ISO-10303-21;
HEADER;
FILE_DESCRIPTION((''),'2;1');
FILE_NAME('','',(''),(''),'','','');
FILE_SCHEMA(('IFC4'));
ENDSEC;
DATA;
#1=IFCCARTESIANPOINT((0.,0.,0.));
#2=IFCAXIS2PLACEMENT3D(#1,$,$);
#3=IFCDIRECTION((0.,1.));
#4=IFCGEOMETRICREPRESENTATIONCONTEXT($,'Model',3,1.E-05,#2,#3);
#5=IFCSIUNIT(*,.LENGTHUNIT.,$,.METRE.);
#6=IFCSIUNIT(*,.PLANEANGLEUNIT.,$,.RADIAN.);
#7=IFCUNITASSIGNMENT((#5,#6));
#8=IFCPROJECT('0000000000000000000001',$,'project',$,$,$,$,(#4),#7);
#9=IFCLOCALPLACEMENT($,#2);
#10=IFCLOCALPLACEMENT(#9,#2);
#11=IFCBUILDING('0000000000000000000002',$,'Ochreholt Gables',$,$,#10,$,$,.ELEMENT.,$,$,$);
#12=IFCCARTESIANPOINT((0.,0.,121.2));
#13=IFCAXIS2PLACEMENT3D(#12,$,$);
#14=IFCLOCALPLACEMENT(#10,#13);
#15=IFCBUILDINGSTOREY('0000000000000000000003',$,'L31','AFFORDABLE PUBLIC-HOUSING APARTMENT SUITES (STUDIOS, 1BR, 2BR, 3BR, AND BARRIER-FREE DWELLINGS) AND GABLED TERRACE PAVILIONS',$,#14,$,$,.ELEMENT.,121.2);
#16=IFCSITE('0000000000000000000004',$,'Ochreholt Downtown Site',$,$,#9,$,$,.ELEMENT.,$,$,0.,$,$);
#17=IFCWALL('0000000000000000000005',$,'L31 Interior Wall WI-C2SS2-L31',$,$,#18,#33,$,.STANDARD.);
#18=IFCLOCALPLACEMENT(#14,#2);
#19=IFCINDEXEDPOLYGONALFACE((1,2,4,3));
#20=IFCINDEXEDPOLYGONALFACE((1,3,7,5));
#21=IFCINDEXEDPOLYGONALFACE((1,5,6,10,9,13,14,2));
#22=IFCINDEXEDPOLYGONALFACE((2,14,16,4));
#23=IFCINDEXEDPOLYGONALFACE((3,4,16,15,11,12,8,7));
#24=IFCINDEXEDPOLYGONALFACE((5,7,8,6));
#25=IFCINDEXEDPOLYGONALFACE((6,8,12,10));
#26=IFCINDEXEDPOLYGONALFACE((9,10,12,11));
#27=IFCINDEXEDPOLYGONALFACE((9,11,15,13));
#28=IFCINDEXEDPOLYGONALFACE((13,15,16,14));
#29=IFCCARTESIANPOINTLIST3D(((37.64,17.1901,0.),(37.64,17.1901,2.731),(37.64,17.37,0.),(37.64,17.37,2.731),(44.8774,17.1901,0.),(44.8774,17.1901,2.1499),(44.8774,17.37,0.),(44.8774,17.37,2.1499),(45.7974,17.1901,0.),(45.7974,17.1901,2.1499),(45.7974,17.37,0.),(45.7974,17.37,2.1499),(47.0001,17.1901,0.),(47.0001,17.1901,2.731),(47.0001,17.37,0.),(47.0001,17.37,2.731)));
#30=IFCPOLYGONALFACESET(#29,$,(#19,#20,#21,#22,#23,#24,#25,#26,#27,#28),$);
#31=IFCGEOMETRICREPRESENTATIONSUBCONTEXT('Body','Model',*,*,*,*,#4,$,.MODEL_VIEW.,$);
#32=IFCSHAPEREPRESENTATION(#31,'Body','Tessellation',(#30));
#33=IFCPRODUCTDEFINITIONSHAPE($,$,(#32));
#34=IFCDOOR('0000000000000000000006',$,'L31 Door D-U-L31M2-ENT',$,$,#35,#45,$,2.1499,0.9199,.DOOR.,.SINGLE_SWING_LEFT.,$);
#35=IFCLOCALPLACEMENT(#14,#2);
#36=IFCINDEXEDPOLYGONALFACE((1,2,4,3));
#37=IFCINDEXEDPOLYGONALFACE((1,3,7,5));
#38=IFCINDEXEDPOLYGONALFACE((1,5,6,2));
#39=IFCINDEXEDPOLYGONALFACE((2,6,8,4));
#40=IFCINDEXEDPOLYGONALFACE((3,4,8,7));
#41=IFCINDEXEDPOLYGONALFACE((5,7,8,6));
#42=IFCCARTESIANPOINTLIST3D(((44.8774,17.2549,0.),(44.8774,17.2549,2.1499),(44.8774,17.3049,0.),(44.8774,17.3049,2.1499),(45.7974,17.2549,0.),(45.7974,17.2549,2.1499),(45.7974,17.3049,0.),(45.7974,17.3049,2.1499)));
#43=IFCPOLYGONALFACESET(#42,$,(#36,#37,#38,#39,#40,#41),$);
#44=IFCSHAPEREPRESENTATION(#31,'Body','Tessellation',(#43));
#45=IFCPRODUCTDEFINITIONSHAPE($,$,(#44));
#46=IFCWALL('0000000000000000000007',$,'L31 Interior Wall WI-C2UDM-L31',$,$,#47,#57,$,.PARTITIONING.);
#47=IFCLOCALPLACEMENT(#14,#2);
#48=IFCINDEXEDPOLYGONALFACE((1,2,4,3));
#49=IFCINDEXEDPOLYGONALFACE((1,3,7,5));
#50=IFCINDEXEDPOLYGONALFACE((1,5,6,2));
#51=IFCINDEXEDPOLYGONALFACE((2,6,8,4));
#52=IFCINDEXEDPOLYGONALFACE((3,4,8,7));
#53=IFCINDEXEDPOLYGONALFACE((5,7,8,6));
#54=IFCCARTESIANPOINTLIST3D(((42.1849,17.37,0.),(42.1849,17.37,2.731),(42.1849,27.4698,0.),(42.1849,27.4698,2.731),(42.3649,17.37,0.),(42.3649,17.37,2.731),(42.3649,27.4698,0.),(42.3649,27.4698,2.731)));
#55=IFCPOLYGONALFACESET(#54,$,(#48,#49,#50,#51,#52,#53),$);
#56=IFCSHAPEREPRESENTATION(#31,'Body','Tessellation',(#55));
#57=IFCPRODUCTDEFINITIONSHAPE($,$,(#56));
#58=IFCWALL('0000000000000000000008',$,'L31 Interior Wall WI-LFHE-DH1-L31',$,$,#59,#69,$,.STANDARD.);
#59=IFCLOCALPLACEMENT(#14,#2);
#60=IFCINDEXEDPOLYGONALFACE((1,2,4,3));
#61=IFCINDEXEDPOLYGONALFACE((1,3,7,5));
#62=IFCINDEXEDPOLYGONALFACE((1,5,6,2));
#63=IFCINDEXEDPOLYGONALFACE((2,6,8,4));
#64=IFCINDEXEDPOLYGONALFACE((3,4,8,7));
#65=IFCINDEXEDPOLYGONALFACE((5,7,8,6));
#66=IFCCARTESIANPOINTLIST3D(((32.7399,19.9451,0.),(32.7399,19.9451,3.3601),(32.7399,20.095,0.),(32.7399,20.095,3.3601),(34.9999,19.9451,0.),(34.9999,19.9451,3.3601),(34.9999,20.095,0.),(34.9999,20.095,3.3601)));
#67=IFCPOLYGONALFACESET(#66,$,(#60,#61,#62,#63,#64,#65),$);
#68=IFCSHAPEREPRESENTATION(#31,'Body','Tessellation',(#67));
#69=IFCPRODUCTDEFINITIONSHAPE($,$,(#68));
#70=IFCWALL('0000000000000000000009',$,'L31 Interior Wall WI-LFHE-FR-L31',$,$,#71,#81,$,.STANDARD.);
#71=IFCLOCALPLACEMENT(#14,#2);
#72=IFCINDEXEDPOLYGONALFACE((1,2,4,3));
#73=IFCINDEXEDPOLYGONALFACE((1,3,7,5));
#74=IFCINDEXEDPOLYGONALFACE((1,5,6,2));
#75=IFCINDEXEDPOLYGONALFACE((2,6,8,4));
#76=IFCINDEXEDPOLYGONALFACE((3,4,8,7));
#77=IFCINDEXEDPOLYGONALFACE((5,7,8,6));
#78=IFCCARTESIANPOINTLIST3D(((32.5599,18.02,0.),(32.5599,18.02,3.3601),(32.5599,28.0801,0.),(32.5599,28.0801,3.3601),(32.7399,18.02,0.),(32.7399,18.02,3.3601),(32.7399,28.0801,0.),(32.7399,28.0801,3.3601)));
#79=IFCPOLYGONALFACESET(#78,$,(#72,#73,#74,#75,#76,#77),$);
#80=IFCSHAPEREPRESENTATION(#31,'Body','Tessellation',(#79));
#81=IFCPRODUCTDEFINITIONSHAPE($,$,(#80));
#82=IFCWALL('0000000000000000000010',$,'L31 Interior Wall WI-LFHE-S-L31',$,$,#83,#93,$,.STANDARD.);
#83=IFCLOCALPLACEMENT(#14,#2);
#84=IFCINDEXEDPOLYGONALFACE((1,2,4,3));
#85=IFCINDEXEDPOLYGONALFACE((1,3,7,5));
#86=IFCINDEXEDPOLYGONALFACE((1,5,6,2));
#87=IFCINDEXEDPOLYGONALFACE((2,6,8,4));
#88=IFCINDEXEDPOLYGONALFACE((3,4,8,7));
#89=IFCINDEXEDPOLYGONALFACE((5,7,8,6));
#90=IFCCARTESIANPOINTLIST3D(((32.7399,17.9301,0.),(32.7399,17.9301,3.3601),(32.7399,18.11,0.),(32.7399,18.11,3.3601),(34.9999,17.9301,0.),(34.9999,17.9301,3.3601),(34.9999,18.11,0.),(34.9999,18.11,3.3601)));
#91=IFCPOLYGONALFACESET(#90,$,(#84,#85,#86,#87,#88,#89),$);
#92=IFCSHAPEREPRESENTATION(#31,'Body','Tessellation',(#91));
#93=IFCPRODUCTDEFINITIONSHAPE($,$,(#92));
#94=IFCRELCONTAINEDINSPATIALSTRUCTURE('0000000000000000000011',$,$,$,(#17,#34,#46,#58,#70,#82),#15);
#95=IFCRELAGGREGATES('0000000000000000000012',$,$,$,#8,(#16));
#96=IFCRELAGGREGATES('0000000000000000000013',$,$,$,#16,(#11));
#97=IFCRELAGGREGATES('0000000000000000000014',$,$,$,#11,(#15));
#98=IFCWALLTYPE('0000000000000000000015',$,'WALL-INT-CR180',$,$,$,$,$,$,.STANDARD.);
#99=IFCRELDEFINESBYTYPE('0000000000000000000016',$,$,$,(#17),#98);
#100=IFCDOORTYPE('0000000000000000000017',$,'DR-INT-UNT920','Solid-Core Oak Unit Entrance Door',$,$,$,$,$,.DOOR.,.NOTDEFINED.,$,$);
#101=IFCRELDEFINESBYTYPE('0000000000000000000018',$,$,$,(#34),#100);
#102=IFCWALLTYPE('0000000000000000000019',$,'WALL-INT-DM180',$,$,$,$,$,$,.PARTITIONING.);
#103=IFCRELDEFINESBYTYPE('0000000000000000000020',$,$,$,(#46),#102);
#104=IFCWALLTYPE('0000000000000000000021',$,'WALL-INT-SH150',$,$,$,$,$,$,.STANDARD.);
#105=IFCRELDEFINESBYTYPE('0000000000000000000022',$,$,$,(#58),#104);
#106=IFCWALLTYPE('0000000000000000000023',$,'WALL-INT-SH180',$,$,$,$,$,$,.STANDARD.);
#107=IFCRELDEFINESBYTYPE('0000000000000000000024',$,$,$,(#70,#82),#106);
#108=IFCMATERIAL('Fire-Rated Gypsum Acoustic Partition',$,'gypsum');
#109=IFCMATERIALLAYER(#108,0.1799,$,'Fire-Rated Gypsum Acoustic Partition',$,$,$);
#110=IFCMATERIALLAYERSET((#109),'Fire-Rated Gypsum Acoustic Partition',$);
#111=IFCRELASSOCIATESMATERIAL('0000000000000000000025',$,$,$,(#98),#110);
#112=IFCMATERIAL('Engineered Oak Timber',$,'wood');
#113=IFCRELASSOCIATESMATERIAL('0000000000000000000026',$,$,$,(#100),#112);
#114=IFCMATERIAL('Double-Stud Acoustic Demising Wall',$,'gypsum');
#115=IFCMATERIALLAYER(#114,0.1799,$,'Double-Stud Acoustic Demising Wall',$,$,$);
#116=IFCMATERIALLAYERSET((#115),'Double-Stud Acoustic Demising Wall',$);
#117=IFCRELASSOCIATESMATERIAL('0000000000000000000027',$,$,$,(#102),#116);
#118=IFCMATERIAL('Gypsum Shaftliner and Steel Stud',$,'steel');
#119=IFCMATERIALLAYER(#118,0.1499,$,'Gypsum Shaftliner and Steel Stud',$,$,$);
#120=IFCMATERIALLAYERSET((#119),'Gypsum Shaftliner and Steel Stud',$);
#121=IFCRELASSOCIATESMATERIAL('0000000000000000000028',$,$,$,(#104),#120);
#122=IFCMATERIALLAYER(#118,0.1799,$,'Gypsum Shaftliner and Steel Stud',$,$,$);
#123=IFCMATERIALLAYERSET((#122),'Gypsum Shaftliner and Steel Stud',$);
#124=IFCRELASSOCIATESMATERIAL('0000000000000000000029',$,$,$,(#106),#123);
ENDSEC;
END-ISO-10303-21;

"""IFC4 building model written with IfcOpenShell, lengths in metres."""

from ifc_helpers import new_model, si_unit, direction, frame, frame_2d, origin, place, context, subcontext, project, spatial, rectangle, extrude, material, layer, layer_set, type_object, element, fill, save


model = new_model("IFC4")

# Units and contexts
model_context = context("Model", 3, precision=1e-05, world=origin(), true_north=direction((0.0, 1.0)))
body_context = subcontext(model_context, "Body", "Model", "MODEL_VIEW")
ifc_project = project(units=[si_unit("LENGTHUNIT", "METRE"), si_unit("PLANEANGLEUNIT", "RADIAN")], contexts=[model_context])

# Site, building, storey
site_placement = place(None, origin())
site = spatial("IfcSite", under=ifc_project, at=site_placement, Name="Ochreholt Downtown Site", CompositionType="ELEMENT", RefElevation=0.0)
building_placement = place(site_placement, origin())
building = spatial("IfcBuilding", under=site, at=building_placement, Name="Ochreholt Gables", CompositionType="ELEMENT")
storey_placement = place(building_placement, frame((0.0, 0.0, 121.2)))
storey = spatial("IfcBuildingStorey", under=building, at=storey_placement, Name="L31", Description="AFFORDABLE PUBLIC-HOUSING APARTMENT SUITES (STUDIOS, 1BR, 2BR, 3BR, AND BARRIER-FREE DWELLINGS) AND GABLED TERRACE PAVILIONS", CompositionType="ELEMENT", Elevation=121.2)

# Shared definitions
ifc_material_1 = material(Name="Fire-Rated Gypsum Acoustic Partition", Category="gypsum")
ifc_layer_1 = layer(ifc_material_1, 0.1799, Name="Fire-Rated Gypsum Acoustic Partition")
ifc_layer_set_1 = layer_set([ifc_layer_1], Name="Fire-Rated Gypsum Acoustic Partition")
wall_type_1 = type_object("IfcWallType", Name="WALL-INT-CR180", PredefinedType="STANDARD", material=ifc_layer_set_1)
ifc_material_2 = material(Name="Engineered Oak Timber", Category="wood")

# Wall, opening, door
door_type_1 = type_object("IfcDoorType", Name="DR-INT-UNT920", Description="Solid-Core Oak Unit Entrance Door", OperationType="NOTDEFINED", PredefinedType="DOOR", material=ifc_material_2)
wall_1_placement = place(storey_placement, frame((37.6399, 17.28, 0.0), z_axis=(0.0, 0.0, 1.0), x_axis=(1.0, 0.0, 0.0)))
wall_1 = element("IfcWall", 1, at=wall_1_placement, inside=storey, type_object=wall_type_1, Name="L31 Interior Wall WI-C2SS2-L31", PredefinedType="STANDARD", context=body_context, shape_type="SweptSolid", body=[
    extrude(rectangle(XDim=9.3601, YDim=0.1799, at=frame_2d((4.6802, 0.0))), origin(), (0.0, 0.0, 1.0), 2.731),
])
opening_1_placement = place(wall_1_placement, frame((7.2375, 0.0, 0.0)))
opening_1 = element("IfcOpeningElement", 2, at=opening_1_placement, cuts=wall_1, PredefinedType="OPENING", context=body_context, shape_type="SweptSolid", body=[
    extrude(rectangle(XDim=0.9199, YDim=2.1499, at=frame_2d((0.46, 1.075))), frame((0.0, 0.0999, 0.0), z_axis=(0.0, -1.0, 0.0), x_axis=(1.0, 0.0, 0.0)), (0.0, 0.0, 1.0), 0.2),
])
door_1_placement = place(opening_1_placement, origin())
door_1 = element("IfcDoor", 3, at=door_1_placement, inside=storey, type_object=door_type_1, Name="L31 Door D-U-L31M2-ENT", OperationType="SINGLE_SWING_LEFT", OverallHeight=2.1499, OverallWidth=0.9199, PredefinedType="DOOR", context=body_context, shape_type="SweptSolid", body=[
    extrude(rectangle(XDim=0.9199, YDim=2.1499, at=frame_2d((0.46, 1.075))), frame((0.0, 0.0249, 0.0), z_axis=(0.0, -1.0, 0.0), x_axis=(1.0, 0.0, 0.0)), (0.0, 0.0, 1.0), 0.05),
])
fill(opening_1, door_1)

# Wall
ifc_material_3 = material(Name="Double-Stud Acoustic Demising Wall", Category="gypsum")
ifc_layer_2 = layer(ifc_material_3, 0.1799, Name="Double-Stud Acoustic Demising Wall")
ifc_layer_set_2 = layer_set([ifc_layer_2], Name="Double-Stud Acoustic Demising Wall")
wall_type_2 = type_object("IfcWallType", Name="WALL-INT-DM180", PredefinedType="PARTITIONING", material=ifc_layer_set_2)
wall_2_placement = place(storey_placement, frame((42.2749, 17.3701, 0.0), z_axis=(0.0, 0.0, 1.0), x_axis=(0.0, 1.0, 0.0)))
element("IfcWall", 4, at=wall_2_placement, inside=storey, type_object=wall_type_2, Name="L31 Interior Wall WI-C2UDM-L31", PredefinedType="PARTITIONING", context=body_context, shape_type="SweptSolid", body=[
    extrude(rectangle(XDim=10.0999, YDim=0.1799, at=frame_2d((5.0498, 0.0))), origin(), (0.0, 0.0, 1.0), 2.731),
])

# Walls
ifc_material_4 = material(Name="Gypsum Shaftliner and Steel Stud", Category="steel")
ifc_layer_3 = layer(ifc_material_4, 0.1499, Name="Gypsum Shaftliner and Steel Stud")
ifc_layer_set_3 = layer_set([ifc_layer_3], Name="Gypsum Shaftliner and Steel Stud")
wall_type_3 = type_object("IfcWallType", Name="WALL-INT-SH150", PredefinedType="STANDARD", material=ifc_layer_set_3)
wall_3_placement = place(storey_placement, frame((32.74, 20.02, 0.0), z_axis=(0.0, 0.0, 1.0), x_axis=(1.0, 0.0, 0.0)))
element("IfcWall", 5, at=wall_3_placement, inside=storey, type_object=wall_type_3, Name="L31 Interior Wall WI-LFHE-DH1-L31", PredefinedType="STANDARD", context=body_context, shape_type="SweptSolid", body=[
    extrude(rectangle(XDim=2.26, YDim=0.1499, at=frame_2d((1.1299, 0.0))), origin(), (0.0, 0.0, 1.0), 3.3601),
])
ifc_layer_4 = layer(ifc_material_4, 0.1799, Name="Gypsum Shaftliner and Steel Stud")
ifc_layer_set_4 = layer_set([ifc_layer_4], Name="Gypsum Shaftliner and Steel Stud")
wall_type_4 = type_object("IfcWallType", Name="WALL-INT-SH180", PredefinedType="STANDARD", material=ifc_layer_set_4)
wall_4_placement = place(storey_placement, frame((32.6499, 18.02, 0.0), z_axis=(0.0, 0.0, 1.0), x_axis=(0.0, 1.0, 0.0)))
element("IfcWall", 6, at=wall_4_placement, inside=storey, type_object=wall_type_4, Name="L31 Interior Wall WI-LFHE-FR-L31", PredefinedType="STANDARD", context=body_context, shape_type="SweptSolid", body=[
    extrude(rectangle(XDim=10.0601, YDim=0.1799, at=frame_2d((5.03, 0.0))), origin(), (0.0, 0.0, 1.0), 3.3601),
])
wall_5_placement = place(storey_placement, frame((32.74, 18.02, 0.0), z_axis=(0.0, 0.0, 1.0), x_axis=(1.0, 0.0, 0.0)))
element("IfcWall", 7, at=wall_5_placement, inside=storey, type_object=wall_type_4, Name="L31 Interior Wall WI-LFHE-S-L31", PredefinedType="STANDARD", context=body_context, shape_type="SweptSolid", body=[
    extrude(rectangle(XDim=2.26, YDim=0.1799, at=frame_2d((1.1299, 0.0))), origin(), (0.0, 0.0, 1.0), 3.3601),
])

save(model, "model.ifc")
